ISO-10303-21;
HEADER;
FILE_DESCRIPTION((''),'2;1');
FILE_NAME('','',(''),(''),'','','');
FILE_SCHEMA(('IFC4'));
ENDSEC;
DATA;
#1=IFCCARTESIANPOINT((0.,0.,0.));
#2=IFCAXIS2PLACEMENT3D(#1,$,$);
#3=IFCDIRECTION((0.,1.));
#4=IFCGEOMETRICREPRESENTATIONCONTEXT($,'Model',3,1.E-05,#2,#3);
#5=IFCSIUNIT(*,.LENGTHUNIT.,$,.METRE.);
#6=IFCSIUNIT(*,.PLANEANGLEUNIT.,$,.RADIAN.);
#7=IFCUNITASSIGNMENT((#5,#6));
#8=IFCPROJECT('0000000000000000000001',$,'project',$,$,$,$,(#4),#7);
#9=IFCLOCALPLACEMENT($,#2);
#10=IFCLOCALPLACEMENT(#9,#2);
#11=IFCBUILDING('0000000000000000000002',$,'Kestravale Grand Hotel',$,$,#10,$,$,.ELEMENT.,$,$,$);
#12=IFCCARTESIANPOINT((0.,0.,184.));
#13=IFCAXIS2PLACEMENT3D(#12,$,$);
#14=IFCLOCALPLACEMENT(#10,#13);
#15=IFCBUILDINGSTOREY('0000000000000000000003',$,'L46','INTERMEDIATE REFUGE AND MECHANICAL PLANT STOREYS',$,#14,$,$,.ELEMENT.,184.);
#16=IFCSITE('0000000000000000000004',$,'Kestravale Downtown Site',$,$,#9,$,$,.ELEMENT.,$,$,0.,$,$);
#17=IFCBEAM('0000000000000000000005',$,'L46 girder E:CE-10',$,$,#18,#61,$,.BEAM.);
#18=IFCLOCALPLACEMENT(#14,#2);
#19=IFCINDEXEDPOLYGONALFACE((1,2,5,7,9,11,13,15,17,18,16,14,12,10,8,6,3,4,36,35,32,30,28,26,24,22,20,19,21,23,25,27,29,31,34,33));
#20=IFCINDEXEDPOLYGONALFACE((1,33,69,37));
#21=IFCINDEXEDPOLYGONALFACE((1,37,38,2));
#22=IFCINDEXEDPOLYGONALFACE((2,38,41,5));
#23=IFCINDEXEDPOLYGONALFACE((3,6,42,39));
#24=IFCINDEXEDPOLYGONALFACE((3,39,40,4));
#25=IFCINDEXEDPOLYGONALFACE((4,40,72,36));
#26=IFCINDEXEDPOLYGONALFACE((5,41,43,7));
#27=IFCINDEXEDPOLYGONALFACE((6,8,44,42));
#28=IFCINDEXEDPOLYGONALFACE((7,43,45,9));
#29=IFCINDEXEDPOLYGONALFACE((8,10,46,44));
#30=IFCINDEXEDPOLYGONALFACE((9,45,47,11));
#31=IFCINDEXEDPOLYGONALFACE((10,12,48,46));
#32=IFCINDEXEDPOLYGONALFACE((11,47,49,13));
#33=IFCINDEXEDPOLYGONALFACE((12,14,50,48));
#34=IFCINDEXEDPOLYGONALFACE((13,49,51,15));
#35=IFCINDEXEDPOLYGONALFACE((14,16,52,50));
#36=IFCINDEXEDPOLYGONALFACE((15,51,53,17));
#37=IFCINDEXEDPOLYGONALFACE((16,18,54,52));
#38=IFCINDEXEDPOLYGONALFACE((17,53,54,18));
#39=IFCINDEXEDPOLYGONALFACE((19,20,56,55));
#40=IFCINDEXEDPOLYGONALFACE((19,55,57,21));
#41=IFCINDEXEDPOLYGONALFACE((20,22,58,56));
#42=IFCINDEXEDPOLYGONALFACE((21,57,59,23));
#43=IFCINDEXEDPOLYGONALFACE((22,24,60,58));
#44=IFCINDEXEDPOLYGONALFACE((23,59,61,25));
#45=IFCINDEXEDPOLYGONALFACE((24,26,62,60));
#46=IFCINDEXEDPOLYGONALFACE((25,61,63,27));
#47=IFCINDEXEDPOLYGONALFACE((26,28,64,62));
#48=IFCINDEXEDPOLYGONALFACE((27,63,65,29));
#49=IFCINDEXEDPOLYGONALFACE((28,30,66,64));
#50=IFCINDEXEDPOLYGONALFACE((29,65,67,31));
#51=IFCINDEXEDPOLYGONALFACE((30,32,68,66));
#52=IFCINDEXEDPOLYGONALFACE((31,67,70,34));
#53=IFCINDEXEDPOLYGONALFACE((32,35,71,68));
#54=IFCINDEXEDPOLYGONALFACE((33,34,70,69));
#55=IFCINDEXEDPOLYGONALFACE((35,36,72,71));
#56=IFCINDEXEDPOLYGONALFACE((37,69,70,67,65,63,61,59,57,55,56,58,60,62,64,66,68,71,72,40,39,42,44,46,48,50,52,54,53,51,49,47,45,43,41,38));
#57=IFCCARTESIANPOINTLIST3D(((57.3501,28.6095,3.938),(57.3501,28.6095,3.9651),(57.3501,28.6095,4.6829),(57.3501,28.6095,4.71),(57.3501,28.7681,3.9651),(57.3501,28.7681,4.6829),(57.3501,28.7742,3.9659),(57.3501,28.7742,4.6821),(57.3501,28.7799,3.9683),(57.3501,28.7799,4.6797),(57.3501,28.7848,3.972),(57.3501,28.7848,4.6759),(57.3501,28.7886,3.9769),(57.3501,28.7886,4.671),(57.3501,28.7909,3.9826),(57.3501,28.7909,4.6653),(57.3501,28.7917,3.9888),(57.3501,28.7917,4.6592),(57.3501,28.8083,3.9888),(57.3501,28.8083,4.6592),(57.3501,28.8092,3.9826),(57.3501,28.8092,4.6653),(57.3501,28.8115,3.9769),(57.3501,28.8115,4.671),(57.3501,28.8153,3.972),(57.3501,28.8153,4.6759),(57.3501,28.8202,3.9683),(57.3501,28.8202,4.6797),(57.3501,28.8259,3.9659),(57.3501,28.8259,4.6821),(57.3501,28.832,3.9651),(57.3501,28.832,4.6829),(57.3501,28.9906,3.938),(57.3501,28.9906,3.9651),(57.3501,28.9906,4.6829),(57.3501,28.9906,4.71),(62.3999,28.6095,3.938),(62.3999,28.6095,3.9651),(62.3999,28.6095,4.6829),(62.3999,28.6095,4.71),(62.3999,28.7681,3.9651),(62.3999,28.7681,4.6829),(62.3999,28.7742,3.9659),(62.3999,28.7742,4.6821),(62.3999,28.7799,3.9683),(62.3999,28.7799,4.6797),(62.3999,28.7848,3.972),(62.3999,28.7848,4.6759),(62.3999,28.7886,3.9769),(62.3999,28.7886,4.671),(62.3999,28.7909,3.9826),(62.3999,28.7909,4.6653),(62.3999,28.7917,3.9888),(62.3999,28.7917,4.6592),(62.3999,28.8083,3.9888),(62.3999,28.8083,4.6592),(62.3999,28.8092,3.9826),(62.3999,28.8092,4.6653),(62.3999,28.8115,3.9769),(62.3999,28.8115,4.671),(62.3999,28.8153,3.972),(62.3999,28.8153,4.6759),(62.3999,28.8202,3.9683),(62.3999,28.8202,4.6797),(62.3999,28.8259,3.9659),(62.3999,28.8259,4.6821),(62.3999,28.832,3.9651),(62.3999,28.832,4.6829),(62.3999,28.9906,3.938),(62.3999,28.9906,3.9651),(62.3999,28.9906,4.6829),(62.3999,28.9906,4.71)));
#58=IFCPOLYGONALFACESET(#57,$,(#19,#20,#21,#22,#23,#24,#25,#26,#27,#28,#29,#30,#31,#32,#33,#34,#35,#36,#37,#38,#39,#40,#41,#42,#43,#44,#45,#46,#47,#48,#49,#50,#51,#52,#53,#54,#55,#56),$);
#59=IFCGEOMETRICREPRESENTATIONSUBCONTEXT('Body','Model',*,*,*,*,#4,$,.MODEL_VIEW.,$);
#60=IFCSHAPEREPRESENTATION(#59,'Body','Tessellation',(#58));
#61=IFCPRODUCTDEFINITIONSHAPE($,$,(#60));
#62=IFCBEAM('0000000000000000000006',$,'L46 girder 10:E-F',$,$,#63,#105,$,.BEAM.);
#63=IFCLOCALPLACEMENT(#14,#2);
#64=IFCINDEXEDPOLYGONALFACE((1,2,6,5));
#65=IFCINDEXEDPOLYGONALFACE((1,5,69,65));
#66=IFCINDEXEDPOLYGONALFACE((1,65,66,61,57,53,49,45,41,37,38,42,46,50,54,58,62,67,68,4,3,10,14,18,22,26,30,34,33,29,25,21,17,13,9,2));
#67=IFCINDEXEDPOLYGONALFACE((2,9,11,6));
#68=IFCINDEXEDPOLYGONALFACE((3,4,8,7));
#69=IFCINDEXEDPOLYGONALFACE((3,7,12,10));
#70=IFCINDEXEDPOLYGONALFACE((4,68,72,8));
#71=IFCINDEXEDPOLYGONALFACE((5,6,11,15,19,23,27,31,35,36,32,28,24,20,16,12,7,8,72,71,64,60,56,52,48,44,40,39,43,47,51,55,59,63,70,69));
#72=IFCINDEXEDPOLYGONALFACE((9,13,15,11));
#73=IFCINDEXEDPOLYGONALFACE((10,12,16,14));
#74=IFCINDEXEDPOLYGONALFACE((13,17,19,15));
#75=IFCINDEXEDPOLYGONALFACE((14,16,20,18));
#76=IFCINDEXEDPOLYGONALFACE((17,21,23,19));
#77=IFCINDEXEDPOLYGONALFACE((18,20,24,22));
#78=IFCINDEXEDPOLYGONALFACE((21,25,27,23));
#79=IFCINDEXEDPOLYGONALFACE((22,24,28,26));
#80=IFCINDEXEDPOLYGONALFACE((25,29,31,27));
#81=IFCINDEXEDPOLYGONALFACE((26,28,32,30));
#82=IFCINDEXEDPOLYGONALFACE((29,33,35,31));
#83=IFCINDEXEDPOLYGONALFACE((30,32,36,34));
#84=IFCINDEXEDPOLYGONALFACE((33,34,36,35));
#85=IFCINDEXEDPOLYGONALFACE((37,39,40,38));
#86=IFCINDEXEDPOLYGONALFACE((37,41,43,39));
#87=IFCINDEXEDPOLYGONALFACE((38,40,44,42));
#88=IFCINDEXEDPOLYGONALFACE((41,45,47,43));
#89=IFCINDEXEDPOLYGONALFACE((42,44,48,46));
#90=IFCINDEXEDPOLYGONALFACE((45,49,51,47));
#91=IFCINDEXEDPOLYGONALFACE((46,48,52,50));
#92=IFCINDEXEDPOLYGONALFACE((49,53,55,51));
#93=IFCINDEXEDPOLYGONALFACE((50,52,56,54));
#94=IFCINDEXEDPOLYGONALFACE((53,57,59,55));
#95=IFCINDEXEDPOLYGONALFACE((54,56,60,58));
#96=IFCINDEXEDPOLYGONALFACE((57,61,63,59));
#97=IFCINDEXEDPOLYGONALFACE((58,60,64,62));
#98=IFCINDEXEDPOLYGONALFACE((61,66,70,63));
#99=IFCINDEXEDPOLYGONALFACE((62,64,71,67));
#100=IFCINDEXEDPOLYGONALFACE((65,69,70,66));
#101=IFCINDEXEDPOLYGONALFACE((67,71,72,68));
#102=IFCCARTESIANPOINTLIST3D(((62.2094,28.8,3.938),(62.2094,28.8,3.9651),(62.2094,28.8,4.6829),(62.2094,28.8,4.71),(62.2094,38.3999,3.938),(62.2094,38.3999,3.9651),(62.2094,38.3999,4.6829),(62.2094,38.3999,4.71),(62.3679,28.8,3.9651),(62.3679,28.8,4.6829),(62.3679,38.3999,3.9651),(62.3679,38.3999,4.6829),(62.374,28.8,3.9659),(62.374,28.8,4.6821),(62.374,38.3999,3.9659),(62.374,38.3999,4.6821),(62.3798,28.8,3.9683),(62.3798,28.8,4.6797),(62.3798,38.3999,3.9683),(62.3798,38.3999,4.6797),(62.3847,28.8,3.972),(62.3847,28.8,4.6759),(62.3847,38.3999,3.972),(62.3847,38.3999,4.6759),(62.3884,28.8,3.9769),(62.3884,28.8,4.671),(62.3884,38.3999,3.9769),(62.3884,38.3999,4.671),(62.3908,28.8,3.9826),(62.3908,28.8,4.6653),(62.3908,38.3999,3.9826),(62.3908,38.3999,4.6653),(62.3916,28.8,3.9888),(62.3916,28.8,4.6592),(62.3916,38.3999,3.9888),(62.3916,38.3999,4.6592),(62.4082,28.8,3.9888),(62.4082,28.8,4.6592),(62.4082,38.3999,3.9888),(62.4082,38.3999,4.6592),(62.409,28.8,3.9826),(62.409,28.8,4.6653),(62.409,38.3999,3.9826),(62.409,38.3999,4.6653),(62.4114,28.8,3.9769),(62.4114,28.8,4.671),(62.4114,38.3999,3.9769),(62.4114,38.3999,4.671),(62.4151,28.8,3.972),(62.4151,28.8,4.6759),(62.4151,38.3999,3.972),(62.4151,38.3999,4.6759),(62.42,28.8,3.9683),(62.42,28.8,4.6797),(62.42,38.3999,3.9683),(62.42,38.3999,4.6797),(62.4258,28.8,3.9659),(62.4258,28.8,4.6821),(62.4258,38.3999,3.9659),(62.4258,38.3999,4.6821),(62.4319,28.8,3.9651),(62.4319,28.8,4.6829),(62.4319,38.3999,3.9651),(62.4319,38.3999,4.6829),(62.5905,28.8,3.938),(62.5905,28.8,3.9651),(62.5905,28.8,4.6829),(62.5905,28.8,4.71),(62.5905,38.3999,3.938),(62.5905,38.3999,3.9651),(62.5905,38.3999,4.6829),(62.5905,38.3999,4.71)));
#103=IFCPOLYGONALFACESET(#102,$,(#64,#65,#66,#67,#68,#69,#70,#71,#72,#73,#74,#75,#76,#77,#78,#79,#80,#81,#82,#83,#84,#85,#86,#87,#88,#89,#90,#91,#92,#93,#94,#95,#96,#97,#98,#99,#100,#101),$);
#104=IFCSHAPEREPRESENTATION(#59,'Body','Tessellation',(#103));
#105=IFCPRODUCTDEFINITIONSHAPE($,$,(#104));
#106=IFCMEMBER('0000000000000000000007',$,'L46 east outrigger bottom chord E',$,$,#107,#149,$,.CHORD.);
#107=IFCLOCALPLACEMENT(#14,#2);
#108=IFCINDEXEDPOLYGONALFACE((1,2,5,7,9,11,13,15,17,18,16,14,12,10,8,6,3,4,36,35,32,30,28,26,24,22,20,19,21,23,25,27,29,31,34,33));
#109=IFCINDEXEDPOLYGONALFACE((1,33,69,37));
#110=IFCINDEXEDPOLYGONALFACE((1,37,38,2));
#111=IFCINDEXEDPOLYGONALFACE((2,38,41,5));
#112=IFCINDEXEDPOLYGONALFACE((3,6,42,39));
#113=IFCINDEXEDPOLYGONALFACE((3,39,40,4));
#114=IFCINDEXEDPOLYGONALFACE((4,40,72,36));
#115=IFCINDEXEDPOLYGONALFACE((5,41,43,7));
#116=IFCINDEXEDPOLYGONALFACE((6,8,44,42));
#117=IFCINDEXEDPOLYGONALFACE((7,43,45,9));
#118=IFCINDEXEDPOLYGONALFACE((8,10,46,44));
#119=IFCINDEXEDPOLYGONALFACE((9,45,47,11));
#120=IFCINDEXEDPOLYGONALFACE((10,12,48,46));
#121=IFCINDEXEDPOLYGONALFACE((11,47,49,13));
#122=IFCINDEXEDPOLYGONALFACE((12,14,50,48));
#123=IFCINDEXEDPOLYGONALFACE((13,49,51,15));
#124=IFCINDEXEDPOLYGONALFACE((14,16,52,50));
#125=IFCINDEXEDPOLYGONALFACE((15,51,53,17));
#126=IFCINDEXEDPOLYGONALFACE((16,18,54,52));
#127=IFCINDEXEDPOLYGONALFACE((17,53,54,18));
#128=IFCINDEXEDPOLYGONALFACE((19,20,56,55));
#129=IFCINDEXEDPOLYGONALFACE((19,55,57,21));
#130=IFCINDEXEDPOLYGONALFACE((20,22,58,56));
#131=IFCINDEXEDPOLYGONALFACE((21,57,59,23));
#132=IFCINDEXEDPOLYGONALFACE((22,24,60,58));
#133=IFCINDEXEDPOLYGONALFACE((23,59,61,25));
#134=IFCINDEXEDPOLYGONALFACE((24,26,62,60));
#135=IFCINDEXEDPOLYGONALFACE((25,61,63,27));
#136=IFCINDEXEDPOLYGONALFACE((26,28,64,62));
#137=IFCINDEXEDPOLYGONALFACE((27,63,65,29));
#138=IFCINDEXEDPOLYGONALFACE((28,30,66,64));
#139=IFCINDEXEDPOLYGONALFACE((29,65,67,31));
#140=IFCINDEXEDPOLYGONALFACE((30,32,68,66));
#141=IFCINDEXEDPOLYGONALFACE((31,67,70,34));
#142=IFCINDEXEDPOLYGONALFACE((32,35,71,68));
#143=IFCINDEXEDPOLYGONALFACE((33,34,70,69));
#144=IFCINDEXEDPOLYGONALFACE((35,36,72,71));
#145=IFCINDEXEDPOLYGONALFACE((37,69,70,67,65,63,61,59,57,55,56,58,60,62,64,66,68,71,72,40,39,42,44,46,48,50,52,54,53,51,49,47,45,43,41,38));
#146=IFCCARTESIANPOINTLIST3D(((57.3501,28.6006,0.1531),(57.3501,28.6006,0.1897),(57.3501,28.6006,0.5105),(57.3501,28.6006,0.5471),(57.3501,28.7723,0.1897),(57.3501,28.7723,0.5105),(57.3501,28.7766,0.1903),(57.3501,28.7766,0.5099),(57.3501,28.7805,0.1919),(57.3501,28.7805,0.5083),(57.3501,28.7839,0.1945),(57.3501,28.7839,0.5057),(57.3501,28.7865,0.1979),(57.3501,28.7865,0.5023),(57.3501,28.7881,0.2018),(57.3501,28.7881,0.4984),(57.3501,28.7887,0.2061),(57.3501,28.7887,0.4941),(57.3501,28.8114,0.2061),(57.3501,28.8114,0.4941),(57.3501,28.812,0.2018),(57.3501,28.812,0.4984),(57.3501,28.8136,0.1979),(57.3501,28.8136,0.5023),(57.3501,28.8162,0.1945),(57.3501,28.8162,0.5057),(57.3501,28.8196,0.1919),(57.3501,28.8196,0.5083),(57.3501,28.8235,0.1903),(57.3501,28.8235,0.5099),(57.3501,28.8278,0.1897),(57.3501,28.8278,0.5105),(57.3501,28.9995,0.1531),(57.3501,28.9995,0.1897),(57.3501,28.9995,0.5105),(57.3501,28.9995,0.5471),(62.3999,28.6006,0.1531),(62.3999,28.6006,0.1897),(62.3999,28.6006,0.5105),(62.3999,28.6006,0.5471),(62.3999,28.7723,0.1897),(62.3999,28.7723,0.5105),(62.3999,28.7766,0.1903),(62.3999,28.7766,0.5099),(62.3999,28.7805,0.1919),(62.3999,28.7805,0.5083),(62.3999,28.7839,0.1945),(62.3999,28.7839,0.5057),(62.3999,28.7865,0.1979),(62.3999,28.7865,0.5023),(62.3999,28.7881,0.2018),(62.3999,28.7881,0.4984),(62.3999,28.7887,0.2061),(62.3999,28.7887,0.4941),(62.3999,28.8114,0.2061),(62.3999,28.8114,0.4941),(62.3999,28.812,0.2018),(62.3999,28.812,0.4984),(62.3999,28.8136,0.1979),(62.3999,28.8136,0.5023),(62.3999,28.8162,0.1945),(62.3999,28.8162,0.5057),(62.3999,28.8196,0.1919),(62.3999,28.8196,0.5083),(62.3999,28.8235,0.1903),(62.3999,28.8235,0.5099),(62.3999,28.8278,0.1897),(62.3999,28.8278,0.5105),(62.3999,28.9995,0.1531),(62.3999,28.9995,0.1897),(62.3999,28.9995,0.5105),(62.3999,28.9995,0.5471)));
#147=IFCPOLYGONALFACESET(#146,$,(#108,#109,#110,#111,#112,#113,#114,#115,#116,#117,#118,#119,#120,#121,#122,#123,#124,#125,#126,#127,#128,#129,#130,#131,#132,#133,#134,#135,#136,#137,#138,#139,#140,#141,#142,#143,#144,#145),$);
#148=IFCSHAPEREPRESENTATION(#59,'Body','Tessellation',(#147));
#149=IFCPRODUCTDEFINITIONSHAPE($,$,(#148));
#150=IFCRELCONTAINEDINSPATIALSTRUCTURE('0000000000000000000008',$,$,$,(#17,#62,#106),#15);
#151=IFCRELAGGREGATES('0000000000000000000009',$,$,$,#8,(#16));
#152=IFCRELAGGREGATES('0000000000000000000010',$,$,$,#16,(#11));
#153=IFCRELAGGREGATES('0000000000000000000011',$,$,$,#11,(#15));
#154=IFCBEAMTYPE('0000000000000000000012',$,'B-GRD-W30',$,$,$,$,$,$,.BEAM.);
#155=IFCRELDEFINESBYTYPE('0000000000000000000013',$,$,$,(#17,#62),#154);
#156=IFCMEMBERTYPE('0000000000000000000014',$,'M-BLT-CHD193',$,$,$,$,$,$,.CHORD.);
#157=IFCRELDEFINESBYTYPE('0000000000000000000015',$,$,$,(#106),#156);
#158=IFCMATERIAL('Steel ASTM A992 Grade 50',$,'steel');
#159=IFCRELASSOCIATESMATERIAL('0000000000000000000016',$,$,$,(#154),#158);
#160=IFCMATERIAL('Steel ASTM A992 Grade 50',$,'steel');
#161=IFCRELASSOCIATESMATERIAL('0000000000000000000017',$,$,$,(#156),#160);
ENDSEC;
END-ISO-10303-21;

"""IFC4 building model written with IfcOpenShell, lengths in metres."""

from ifc_helpers import new_model, si_unit, direction, frame, origin, origin_2d, place, context, subcontext, project, spatial, i_section, extrude, material, material_profile, profile_set, type_object, element, save


model = new_model("IFC4")

# Units and contexts
model_context = context("Model", 3, precision=1e-05, world=origin(), true_north=direction((0.0, 1.0)))
body_context = subcontext(model_context, "Body", "Model", "MODEL_VIEW")
ifc_project = project(units=[si_unit("LENGTHUNIT", "METRE"), si_unit("PLANEANGLEUNIT", "RADIAN")], contexts=[model_context])

# Site, building, storey
site_placement = place(None, origin())
site = spatial("IfcSite", under=ifc_project, at=site_placement, Name="Kestravale Downtown Site", CompositionType="ELEMENT", RefElevation=0.0)
building_placement = place(site_placement, origin())
building = spatial("IfcBuilding", under=site, at=building_placement, Name="Kestravale Grand Hotel", CompositionType="ELEMENT")
storey_placement = place(building_placement, frame((0.0, 0.0, 184.0)))
storey = spatial("IfcBuildingStorey", under=building, at=storey_placement, Name="L46", Description="INTERMEDIATE REFUGE AND MECHANICAL PLANT STOREYS", CompositionType="ELEMENT", Elevation=184.0)

# Beams
ifc_material_1 = material(Name="Steel ASTM A992 Grade 50", Category="steel")
ifc_material_profile_1 = material_profile(ifc_material_1, i_section(OverallWidth=0.3811, OverallDepth=0.772, WebThickness=0.0166, FlangeThickness=0.0271, FilletRadius=0.0237, at=origin_2d()))
ifc_profile_set_1 = profile_set([ifc_material_profile_1], Name="Steel ASTM A992 Grade 50")
beam_type_1 = type_object("IfcBeamType", Name="B-GRD-W30", PredefinedType="BEAM", material=ifc_profile_set_1)
beam_1_placement = place(storey_placement, frame((57.3501, 28.8, 4.324), z_axis=(1.0, 0.0, 0.0), x_axis=(0.0, 1.0, 0.0)))
element("IfcBeam", 1, at=beam_1_placement, inside=storey, type_object=beam_type_1, Name="L46 girder E:CE-10", PredefinedType="BEAM", context=body_context, shape_type="SweptSolid", body=[
    extrude(i_section(OverallWidth=0.3811, OverallDepth=0.772, WebThickness=0.0166, FlangeThickness=0.0271, FilletRadius=0.0237, at=origin_2d()), origin(), (0.0, 0.0, 1.0), 5.0498),
])
beam_2_placement = place(storey_placement, frame((62.3999, 28.8, 4.324), z_axis=(0.0, 1.0, 0.0), x_axis=(-1.0, 0.0, 0.0)))
element("IfcBeam", 2, at=beam_2_placement, inside=storey, type_object=beam_type_1, Name="L46 girder 10:E-F", PredefinedType="BEAM", context=body_context, shape_type="SweptSolid", body=[
    extrude(i_section(OverallWidth=0.3811, OverallDepth=0.772, WebThickness=0.0166, FlangeThickness=0.0271, FilletRadius=0.0237, at=origin_2d()), origin(), (0.0, 0.0, 1.0), 9.5999),
])

# Member
ifc_material_2 = material(Name="Steel ASTM A992 Grade 50", Category="steel")
ifc_material_profile_2 = material_profile(ifc_material_2, i_section(OverallWidth=0.3989, OverallDepth=0.394, WebThickness=0.0227, FlangeThickness=0.0366, FilletRadius=0.0164, at=origin_2d()))
ifc_profile_set_2 = profile_set([ifc_material_profile_2], Name="Steel ASTM A992 Grade 50")
member_type_1 = type_object("IfcMemberType", Name="M-BLT-CHD193", PredefinedType="CHORD", material=ifc_profile_set_2)
member_placement = place(storey_placement, frame((57.3501, 28.8, 0.3501), z_axis=(1.0, 0.0, 0.0), x_axis=(0.0, 1.0, 0.0)))
element("IfcMember", 3, at=member_placement, inside=storey, type_object=member_type_1, Name="L46 east outrigger bottom chord E", PredefinedType="CHORD", context=body_context, shape_type="SweptSolid", body=[
    extrude(i_section(OverallWidth=0.3989, OverallDepth=0.394, WebThickness=0.0227, FlangeThickness=0.0366, FilletRadius=0.0164, at=origin_2d()), origin(), (0.0, 0.0, 1.0), 5.0498),
])

save(model, "model.ifc")
